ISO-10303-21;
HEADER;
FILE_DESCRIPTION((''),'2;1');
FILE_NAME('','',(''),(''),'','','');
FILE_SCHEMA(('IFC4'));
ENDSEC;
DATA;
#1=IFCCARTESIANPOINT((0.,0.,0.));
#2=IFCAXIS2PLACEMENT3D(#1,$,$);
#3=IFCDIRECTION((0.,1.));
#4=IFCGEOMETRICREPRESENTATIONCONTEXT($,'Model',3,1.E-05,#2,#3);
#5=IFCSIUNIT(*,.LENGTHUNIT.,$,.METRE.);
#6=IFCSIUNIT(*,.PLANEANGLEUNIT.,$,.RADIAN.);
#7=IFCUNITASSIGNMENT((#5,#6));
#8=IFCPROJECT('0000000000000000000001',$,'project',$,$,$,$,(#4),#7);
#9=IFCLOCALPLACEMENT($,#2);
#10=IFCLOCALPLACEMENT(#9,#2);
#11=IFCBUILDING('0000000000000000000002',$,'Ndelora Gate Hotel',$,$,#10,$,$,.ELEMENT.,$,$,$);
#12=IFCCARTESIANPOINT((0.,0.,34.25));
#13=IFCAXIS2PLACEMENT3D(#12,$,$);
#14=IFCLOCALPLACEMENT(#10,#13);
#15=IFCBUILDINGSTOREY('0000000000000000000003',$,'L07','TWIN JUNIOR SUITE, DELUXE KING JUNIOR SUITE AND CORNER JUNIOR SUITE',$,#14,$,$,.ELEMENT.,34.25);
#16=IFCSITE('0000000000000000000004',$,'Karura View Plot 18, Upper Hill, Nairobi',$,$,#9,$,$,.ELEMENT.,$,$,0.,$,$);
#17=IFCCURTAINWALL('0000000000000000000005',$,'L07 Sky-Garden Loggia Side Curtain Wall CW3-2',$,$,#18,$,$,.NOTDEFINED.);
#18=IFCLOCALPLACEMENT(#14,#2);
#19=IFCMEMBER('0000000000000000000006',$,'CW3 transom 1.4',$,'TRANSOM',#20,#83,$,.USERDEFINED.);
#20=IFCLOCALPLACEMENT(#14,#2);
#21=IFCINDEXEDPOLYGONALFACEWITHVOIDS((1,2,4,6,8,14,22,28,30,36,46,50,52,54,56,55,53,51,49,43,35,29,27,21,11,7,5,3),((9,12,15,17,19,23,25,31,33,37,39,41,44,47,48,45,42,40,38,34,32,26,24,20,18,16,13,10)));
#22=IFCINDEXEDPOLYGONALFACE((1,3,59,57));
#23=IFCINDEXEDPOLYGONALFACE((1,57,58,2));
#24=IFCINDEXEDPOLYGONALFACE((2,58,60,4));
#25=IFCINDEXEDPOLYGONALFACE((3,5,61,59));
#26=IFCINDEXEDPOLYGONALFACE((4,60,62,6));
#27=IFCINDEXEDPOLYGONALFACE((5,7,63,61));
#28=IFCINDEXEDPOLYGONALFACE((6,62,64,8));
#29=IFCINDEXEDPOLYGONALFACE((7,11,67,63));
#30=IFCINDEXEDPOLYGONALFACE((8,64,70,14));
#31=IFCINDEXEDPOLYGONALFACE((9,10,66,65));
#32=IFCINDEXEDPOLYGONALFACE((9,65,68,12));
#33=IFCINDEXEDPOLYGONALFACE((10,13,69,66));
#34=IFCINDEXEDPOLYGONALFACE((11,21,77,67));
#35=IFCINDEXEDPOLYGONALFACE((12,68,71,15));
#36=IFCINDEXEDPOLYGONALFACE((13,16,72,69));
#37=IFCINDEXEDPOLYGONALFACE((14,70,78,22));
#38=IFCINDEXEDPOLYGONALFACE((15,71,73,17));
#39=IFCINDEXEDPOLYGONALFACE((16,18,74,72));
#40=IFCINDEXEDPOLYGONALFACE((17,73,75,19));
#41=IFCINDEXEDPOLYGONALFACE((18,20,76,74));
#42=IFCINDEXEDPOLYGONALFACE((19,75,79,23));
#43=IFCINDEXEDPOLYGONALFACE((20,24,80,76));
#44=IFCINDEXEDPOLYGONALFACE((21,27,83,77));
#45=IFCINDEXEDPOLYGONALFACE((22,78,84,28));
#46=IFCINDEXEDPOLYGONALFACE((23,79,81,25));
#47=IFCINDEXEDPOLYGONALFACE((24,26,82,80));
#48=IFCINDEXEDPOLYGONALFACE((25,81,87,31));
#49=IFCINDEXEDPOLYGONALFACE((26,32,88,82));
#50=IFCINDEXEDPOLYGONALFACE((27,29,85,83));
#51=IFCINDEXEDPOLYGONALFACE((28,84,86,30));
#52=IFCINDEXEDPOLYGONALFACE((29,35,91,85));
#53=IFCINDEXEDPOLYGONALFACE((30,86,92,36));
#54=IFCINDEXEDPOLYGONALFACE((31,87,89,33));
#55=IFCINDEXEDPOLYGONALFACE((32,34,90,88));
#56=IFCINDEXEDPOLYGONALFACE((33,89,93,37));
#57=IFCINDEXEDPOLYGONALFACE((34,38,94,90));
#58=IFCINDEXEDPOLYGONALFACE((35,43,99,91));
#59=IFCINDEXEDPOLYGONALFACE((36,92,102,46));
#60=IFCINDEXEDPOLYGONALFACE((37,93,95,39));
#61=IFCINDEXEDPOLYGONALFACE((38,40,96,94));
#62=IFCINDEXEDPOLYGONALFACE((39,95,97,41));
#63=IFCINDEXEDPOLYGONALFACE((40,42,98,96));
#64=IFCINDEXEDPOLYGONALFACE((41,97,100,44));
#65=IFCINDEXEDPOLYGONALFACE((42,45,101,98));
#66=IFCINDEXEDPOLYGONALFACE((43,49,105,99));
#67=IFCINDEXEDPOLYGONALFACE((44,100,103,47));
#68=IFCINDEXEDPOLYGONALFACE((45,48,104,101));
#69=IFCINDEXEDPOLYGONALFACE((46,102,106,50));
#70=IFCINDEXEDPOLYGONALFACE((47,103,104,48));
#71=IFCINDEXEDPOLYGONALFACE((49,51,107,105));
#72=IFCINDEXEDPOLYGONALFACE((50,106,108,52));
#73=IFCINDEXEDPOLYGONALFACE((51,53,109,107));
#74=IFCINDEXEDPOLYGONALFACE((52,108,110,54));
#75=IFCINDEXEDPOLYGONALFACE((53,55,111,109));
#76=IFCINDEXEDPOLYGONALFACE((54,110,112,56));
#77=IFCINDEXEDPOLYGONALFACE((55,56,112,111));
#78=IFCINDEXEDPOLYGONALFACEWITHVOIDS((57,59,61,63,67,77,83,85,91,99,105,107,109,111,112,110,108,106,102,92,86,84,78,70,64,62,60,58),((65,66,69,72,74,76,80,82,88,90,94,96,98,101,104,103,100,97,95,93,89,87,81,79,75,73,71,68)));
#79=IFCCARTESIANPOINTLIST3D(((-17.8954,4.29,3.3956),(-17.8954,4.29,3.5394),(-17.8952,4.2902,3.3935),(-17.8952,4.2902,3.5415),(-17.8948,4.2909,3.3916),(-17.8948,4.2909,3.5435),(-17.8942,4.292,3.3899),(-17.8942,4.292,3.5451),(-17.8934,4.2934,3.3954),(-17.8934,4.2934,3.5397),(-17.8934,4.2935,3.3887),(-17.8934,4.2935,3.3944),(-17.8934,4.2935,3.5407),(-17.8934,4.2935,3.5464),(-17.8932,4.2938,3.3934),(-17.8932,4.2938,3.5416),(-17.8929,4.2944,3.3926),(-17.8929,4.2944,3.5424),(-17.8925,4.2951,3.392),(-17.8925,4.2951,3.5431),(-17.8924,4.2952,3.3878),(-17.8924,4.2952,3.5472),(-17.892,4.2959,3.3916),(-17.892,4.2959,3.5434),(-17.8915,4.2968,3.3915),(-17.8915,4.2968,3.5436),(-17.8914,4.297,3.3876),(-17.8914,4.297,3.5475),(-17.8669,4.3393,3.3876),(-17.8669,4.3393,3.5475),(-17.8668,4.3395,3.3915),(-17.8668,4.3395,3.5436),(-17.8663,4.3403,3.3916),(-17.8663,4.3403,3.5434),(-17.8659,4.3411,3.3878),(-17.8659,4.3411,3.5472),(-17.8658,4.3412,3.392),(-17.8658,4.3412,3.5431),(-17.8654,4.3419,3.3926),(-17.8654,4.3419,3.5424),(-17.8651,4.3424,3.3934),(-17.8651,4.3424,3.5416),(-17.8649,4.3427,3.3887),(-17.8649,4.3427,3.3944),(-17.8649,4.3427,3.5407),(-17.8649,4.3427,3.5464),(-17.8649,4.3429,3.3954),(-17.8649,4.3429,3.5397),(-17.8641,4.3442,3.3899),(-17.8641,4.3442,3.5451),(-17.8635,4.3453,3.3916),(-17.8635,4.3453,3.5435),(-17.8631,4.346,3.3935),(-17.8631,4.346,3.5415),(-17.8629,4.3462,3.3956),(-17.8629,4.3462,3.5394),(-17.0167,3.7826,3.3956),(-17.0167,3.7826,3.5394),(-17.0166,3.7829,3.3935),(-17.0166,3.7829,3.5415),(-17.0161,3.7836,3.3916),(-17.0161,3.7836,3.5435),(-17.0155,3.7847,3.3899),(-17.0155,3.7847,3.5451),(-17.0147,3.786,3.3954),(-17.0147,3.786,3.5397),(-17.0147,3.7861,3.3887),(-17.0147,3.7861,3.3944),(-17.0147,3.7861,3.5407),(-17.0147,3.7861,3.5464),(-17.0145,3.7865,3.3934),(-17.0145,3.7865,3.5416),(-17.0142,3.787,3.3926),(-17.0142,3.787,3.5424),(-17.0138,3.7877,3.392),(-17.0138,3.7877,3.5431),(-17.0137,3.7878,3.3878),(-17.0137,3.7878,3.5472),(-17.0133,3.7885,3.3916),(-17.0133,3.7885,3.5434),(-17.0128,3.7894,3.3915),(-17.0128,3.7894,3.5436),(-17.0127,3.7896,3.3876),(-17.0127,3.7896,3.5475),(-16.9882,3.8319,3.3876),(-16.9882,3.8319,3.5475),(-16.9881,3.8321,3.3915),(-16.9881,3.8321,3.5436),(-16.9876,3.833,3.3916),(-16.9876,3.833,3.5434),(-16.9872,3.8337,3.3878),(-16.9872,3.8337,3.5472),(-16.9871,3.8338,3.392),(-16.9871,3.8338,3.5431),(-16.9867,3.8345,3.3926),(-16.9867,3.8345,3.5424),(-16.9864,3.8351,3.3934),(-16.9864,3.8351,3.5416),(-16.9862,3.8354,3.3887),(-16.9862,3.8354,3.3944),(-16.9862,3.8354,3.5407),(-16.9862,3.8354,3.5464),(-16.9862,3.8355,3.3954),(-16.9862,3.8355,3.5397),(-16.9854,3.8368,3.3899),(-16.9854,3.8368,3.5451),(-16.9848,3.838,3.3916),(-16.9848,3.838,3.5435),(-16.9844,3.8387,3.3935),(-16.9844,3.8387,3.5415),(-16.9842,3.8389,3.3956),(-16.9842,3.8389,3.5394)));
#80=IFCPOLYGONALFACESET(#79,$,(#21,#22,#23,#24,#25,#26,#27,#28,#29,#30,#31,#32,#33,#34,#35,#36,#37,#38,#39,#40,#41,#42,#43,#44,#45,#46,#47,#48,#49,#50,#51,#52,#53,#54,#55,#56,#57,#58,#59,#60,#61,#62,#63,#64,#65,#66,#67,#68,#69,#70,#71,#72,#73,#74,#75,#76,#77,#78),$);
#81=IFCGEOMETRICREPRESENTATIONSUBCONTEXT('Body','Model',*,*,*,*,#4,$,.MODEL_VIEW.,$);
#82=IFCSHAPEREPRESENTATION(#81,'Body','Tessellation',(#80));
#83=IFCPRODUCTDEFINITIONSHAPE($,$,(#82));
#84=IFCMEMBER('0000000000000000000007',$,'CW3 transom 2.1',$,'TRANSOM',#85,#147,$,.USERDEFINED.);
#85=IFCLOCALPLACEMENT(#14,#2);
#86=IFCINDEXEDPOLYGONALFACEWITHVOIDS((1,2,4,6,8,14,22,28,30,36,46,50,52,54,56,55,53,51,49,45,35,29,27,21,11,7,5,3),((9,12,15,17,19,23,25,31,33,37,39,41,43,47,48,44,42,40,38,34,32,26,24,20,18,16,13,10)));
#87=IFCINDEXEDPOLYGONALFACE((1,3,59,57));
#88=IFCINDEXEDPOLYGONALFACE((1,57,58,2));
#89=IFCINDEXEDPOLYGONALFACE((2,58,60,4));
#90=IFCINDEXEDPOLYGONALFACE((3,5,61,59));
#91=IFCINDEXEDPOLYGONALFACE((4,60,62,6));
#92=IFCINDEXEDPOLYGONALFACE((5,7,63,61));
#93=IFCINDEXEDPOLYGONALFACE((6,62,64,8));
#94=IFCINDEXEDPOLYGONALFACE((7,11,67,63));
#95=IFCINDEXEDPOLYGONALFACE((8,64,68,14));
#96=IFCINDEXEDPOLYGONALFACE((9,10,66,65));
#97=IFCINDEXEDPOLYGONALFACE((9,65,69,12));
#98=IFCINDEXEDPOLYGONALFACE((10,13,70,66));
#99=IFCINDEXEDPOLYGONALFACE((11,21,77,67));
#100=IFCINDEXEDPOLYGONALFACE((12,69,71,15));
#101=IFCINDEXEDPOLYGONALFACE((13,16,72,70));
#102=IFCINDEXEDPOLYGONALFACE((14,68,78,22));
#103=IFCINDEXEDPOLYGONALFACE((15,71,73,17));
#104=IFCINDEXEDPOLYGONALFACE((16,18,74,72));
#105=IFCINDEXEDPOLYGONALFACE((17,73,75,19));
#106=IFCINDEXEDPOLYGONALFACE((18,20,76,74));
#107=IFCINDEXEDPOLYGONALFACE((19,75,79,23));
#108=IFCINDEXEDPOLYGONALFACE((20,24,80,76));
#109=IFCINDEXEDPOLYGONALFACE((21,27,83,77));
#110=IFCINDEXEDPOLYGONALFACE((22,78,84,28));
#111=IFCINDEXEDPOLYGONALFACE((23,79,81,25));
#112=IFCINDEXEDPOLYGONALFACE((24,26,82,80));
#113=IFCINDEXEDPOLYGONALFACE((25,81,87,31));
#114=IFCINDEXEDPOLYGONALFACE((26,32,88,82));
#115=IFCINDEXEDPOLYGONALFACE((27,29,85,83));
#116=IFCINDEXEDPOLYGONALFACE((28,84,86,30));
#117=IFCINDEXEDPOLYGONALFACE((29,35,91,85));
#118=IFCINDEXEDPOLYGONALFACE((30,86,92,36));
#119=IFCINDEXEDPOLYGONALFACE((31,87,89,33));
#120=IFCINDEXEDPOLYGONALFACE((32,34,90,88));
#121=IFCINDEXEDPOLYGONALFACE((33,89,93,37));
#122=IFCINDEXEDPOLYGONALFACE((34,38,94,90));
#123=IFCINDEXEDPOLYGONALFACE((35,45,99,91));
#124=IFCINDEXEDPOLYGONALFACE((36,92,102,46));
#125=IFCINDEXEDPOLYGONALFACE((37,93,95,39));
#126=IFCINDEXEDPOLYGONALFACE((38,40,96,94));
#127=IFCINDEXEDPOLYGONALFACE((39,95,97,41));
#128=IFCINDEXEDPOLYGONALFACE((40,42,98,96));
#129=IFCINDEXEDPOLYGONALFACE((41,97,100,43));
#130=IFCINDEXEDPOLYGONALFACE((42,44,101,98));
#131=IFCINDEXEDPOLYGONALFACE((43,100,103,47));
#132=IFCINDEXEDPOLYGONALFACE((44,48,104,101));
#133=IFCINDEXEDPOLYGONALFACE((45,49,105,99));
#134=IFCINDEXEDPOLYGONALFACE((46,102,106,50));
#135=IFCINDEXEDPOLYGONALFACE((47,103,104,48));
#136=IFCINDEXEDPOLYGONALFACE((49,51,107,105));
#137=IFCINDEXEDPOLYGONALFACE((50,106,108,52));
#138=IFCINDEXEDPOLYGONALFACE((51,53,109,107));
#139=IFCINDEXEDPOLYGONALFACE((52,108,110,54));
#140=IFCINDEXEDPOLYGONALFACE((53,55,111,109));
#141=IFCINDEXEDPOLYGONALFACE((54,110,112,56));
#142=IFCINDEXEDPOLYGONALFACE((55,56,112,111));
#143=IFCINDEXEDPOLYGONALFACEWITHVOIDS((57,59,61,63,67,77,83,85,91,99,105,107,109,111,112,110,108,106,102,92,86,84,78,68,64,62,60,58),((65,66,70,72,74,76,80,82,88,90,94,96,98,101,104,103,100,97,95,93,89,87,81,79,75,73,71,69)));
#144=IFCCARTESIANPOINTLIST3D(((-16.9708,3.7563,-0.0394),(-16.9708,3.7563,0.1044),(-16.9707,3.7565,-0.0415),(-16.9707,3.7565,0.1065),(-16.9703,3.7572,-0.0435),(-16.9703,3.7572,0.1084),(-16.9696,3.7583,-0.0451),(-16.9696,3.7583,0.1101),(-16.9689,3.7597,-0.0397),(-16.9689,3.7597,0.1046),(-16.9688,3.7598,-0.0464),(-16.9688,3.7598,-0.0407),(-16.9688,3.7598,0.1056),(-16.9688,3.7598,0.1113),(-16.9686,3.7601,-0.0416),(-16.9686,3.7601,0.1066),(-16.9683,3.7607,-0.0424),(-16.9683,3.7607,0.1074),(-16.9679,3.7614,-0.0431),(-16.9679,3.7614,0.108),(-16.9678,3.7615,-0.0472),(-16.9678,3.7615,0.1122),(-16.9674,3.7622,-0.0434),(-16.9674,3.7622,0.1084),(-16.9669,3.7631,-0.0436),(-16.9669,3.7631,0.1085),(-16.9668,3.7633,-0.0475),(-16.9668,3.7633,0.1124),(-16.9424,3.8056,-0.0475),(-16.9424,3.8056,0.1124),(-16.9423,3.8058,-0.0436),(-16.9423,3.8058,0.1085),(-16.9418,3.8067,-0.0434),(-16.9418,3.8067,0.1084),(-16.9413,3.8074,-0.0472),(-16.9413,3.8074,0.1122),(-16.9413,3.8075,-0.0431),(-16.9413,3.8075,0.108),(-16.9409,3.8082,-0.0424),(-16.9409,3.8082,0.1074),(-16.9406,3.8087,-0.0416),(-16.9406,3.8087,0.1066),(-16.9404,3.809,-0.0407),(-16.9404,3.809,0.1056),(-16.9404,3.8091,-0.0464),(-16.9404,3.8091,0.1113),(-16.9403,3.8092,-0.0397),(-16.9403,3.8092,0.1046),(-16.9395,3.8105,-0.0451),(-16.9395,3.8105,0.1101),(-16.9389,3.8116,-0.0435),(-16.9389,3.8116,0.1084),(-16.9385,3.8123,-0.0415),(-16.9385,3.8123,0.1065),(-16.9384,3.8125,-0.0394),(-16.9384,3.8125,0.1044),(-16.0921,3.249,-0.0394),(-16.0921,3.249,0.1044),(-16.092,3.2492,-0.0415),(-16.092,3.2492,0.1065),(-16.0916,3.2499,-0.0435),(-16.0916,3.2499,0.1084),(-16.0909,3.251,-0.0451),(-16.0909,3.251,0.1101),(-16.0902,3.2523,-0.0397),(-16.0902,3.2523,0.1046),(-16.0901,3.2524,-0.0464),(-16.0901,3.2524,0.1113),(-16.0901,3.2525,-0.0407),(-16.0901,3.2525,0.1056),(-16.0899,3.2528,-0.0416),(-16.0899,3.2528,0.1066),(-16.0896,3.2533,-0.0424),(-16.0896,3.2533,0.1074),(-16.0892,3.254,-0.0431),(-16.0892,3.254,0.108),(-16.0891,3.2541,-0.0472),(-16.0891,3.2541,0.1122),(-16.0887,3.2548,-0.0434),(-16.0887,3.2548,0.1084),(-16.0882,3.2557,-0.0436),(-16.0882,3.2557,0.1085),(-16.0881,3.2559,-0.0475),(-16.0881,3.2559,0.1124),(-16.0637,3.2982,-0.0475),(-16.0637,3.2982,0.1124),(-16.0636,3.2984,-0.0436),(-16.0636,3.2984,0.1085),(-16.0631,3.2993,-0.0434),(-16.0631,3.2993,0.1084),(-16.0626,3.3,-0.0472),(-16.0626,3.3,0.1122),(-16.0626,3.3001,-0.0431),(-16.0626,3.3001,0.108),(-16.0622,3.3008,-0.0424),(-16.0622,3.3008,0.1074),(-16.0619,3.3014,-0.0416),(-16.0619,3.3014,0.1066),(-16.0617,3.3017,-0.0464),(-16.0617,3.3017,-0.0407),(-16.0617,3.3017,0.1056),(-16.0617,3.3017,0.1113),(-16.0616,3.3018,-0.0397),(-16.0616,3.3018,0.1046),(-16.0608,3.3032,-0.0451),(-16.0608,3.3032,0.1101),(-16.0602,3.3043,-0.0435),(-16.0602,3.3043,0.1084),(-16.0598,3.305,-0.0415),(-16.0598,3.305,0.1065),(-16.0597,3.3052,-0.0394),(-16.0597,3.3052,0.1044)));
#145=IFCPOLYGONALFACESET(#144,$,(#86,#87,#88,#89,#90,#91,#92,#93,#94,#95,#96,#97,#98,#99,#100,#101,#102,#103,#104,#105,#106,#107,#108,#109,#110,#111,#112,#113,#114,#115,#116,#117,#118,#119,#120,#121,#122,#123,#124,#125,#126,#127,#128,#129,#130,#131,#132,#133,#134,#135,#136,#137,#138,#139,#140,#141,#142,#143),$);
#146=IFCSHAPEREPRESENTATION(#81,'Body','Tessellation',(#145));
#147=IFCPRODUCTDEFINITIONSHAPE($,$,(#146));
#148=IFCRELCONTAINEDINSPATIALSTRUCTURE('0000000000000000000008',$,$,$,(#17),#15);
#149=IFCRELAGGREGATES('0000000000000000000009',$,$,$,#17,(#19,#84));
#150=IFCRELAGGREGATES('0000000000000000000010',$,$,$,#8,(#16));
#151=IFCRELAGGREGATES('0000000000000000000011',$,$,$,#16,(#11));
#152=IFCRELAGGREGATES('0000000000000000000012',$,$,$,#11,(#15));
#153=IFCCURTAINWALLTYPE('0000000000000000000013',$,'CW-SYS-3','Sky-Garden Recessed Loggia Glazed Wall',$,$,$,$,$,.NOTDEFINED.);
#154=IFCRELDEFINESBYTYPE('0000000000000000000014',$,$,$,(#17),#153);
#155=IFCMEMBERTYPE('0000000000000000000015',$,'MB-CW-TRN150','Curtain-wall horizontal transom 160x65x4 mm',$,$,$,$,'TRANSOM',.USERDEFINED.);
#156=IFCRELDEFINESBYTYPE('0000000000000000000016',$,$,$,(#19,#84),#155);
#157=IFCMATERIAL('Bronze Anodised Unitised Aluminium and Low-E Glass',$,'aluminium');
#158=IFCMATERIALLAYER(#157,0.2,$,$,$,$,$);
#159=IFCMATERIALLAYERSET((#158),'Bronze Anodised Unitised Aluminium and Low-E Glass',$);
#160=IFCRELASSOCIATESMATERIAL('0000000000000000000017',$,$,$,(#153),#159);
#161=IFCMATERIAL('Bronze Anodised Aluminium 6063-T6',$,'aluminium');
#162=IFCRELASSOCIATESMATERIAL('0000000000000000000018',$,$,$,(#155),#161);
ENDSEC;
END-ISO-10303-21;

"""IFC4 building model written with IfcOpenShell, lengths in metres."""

from ifc_helpers import new_model, si_unit, direction, frame, origin, origin_2d, place, context, subcontext, project, spatial, hollow_rectangle, extrude, material, layer, layer_set, material_profile, profile_set, type_object, element, aggregate, save


model = new_model("IFC4")

# Units and contexts
model_context = context("Model", 3, precision=1e-05, world=origin(), true_north=direction((0.0, 1.0)))
body_context = subcontext(model_context, "Body", "Model", "MODEL_VIEW")
ifc_project = project(units=[si_unit("LENGTHUNIT", "METRE"), si_unit("PLANEANGLEUNIT", "RADIAN")], contexts=[model_context])

# Site, building, storey
site_placement = place(None, origin())
site = spatial("IfcSite", under=ifc_project, at=site_placement, Name="Karura View Plot 18, Upper Hill, Nairobi", CompositionType="ELEMENT", RefElevation=0.0)
building_placement = place(site_placement, origin())
building = spatial("IfcBuilding", under=site, at=building_placement, Name="Ndelora Gate Hotel", CompositionType="ELEMENT")
storey_placement = place(building_placement, frame((0.0, 0.0, 34.25)))
storey = spatial("IfcBuildingStorey", under=building, at=storey_placement, Name="L07", Description="TWIN JUNIOR SUITE, DELUXE KING JUNIOR SUITE AND CORNER JUNIOR SUITE", CompositionType="ELEMENT", Elevation=34.25)

# Curtain wall, members
ifc_material_1 = material(Name="Bronze Anodised Unitised Aluminium and Low-E Glass", Category="aluminium")
ifc_layer_1 = layer(ifc_material_1, 0.2)
ifc_layer_set_1 = layer_set([ifc_layer_1], Name="Bronze Anodised Unitised Aluminium and Low-E Glass")
curtain_wall_type = type_object("IfcCurtainWallType", Name="CW-SYS-3", Description="Sky-Garden Recessed Loggia Glazed Wall", PredefinedType="NOTDEFINED", material=ifc_layer_set_1)
curtain_wall_placement = place(storey_placement, origin())
curtain_wall = element("IfcCurtainWall", 1, at=curtain_wall_placement, inside=storey, type_object=curtain_wall_type, Name="L07 Sky-Garden Loggia Side Curtain Wall CW3-2", PredefinedType="NOTDEFINED")
ifc_material_2 = material(Name="Bronze Anodised Aluminium 6063-T6", Category="aluminium")
ifc_material_profile_1 = material_profile(ifc_material_2, hollow_rectangle(XDim=0.0649, YDim=0.1599, WallThickness=0.0039, InnerFilletRadius=0.0039, OuterFilletRadius=0.0081, at=origin_2d()), Name="ALU 160x65x4")
ifc_profile_set_1 = profile_set([ifc_material_profile_1], Name="Bronze Anodised Aluminium 6063-T6")
member_type_1 = type_object("IfcMemberType", Name="MB-CW-TRN150", Description="Curtain-wall horizontal transom 160x65x4 mm", ElementType="TRANSOM", PredefinedType="USERDEFINED", material=ifc_profile_set_1)
member_1_placement = place(storey_placement, frame((-17.8792, 4.3181, 3.4675), z_axis=(0.866013, -0.500021, 0.0), x_axis=(0.500021, 0.866013, 0.0)))
member_1 = element("IfcMember", 2, at=member_1_placement, type_object=member_type_1, Name="CW3 transom 1.4", ObjectType="TRANSOM", PredefinedType="USERDEFINED", context=body_context, shape_type="SweptSolid", body=[
    extrude(hollow_rectangle(XDim=0.0649, YDim=0.1599, WallThickness=0.0039, InnerFilletRadius=0.0039, OuterFilletRadius=0.0081, at=origin_2d()), origin(), (0.0, 0.0, 1.0), 1.0146),
])
member_2_placement = place(storey_placement, frame((-16.9546, 3.7844, 0.0325), z_axis=(0.866013, -0.500021, 0.0), x_axis=(0.500021, 0.866013, 0.0)))
member_2 = element("IfcMember", 3, at=member_2_placement, type_object=member_type_1, Name="CW3 transom 2.1", ObjectType="TRANSOM", PredefinedType="USERDEFINED", context=body_context, shape_type="SweptSolid", body=[
    extrude(hollow_rectangle(XDim=0.0649, YDim=0.1599, WallThickness=0.0039, InnerFilletRadius=0.0039, OuterFilletRadius=0.0081, at=origin_2d()), origin(), (0.0, 0.0, 1.0), 1.0146),
])
aggregate(curtain_wall, [member_1, member_2])

save(model, "model.ifc")
